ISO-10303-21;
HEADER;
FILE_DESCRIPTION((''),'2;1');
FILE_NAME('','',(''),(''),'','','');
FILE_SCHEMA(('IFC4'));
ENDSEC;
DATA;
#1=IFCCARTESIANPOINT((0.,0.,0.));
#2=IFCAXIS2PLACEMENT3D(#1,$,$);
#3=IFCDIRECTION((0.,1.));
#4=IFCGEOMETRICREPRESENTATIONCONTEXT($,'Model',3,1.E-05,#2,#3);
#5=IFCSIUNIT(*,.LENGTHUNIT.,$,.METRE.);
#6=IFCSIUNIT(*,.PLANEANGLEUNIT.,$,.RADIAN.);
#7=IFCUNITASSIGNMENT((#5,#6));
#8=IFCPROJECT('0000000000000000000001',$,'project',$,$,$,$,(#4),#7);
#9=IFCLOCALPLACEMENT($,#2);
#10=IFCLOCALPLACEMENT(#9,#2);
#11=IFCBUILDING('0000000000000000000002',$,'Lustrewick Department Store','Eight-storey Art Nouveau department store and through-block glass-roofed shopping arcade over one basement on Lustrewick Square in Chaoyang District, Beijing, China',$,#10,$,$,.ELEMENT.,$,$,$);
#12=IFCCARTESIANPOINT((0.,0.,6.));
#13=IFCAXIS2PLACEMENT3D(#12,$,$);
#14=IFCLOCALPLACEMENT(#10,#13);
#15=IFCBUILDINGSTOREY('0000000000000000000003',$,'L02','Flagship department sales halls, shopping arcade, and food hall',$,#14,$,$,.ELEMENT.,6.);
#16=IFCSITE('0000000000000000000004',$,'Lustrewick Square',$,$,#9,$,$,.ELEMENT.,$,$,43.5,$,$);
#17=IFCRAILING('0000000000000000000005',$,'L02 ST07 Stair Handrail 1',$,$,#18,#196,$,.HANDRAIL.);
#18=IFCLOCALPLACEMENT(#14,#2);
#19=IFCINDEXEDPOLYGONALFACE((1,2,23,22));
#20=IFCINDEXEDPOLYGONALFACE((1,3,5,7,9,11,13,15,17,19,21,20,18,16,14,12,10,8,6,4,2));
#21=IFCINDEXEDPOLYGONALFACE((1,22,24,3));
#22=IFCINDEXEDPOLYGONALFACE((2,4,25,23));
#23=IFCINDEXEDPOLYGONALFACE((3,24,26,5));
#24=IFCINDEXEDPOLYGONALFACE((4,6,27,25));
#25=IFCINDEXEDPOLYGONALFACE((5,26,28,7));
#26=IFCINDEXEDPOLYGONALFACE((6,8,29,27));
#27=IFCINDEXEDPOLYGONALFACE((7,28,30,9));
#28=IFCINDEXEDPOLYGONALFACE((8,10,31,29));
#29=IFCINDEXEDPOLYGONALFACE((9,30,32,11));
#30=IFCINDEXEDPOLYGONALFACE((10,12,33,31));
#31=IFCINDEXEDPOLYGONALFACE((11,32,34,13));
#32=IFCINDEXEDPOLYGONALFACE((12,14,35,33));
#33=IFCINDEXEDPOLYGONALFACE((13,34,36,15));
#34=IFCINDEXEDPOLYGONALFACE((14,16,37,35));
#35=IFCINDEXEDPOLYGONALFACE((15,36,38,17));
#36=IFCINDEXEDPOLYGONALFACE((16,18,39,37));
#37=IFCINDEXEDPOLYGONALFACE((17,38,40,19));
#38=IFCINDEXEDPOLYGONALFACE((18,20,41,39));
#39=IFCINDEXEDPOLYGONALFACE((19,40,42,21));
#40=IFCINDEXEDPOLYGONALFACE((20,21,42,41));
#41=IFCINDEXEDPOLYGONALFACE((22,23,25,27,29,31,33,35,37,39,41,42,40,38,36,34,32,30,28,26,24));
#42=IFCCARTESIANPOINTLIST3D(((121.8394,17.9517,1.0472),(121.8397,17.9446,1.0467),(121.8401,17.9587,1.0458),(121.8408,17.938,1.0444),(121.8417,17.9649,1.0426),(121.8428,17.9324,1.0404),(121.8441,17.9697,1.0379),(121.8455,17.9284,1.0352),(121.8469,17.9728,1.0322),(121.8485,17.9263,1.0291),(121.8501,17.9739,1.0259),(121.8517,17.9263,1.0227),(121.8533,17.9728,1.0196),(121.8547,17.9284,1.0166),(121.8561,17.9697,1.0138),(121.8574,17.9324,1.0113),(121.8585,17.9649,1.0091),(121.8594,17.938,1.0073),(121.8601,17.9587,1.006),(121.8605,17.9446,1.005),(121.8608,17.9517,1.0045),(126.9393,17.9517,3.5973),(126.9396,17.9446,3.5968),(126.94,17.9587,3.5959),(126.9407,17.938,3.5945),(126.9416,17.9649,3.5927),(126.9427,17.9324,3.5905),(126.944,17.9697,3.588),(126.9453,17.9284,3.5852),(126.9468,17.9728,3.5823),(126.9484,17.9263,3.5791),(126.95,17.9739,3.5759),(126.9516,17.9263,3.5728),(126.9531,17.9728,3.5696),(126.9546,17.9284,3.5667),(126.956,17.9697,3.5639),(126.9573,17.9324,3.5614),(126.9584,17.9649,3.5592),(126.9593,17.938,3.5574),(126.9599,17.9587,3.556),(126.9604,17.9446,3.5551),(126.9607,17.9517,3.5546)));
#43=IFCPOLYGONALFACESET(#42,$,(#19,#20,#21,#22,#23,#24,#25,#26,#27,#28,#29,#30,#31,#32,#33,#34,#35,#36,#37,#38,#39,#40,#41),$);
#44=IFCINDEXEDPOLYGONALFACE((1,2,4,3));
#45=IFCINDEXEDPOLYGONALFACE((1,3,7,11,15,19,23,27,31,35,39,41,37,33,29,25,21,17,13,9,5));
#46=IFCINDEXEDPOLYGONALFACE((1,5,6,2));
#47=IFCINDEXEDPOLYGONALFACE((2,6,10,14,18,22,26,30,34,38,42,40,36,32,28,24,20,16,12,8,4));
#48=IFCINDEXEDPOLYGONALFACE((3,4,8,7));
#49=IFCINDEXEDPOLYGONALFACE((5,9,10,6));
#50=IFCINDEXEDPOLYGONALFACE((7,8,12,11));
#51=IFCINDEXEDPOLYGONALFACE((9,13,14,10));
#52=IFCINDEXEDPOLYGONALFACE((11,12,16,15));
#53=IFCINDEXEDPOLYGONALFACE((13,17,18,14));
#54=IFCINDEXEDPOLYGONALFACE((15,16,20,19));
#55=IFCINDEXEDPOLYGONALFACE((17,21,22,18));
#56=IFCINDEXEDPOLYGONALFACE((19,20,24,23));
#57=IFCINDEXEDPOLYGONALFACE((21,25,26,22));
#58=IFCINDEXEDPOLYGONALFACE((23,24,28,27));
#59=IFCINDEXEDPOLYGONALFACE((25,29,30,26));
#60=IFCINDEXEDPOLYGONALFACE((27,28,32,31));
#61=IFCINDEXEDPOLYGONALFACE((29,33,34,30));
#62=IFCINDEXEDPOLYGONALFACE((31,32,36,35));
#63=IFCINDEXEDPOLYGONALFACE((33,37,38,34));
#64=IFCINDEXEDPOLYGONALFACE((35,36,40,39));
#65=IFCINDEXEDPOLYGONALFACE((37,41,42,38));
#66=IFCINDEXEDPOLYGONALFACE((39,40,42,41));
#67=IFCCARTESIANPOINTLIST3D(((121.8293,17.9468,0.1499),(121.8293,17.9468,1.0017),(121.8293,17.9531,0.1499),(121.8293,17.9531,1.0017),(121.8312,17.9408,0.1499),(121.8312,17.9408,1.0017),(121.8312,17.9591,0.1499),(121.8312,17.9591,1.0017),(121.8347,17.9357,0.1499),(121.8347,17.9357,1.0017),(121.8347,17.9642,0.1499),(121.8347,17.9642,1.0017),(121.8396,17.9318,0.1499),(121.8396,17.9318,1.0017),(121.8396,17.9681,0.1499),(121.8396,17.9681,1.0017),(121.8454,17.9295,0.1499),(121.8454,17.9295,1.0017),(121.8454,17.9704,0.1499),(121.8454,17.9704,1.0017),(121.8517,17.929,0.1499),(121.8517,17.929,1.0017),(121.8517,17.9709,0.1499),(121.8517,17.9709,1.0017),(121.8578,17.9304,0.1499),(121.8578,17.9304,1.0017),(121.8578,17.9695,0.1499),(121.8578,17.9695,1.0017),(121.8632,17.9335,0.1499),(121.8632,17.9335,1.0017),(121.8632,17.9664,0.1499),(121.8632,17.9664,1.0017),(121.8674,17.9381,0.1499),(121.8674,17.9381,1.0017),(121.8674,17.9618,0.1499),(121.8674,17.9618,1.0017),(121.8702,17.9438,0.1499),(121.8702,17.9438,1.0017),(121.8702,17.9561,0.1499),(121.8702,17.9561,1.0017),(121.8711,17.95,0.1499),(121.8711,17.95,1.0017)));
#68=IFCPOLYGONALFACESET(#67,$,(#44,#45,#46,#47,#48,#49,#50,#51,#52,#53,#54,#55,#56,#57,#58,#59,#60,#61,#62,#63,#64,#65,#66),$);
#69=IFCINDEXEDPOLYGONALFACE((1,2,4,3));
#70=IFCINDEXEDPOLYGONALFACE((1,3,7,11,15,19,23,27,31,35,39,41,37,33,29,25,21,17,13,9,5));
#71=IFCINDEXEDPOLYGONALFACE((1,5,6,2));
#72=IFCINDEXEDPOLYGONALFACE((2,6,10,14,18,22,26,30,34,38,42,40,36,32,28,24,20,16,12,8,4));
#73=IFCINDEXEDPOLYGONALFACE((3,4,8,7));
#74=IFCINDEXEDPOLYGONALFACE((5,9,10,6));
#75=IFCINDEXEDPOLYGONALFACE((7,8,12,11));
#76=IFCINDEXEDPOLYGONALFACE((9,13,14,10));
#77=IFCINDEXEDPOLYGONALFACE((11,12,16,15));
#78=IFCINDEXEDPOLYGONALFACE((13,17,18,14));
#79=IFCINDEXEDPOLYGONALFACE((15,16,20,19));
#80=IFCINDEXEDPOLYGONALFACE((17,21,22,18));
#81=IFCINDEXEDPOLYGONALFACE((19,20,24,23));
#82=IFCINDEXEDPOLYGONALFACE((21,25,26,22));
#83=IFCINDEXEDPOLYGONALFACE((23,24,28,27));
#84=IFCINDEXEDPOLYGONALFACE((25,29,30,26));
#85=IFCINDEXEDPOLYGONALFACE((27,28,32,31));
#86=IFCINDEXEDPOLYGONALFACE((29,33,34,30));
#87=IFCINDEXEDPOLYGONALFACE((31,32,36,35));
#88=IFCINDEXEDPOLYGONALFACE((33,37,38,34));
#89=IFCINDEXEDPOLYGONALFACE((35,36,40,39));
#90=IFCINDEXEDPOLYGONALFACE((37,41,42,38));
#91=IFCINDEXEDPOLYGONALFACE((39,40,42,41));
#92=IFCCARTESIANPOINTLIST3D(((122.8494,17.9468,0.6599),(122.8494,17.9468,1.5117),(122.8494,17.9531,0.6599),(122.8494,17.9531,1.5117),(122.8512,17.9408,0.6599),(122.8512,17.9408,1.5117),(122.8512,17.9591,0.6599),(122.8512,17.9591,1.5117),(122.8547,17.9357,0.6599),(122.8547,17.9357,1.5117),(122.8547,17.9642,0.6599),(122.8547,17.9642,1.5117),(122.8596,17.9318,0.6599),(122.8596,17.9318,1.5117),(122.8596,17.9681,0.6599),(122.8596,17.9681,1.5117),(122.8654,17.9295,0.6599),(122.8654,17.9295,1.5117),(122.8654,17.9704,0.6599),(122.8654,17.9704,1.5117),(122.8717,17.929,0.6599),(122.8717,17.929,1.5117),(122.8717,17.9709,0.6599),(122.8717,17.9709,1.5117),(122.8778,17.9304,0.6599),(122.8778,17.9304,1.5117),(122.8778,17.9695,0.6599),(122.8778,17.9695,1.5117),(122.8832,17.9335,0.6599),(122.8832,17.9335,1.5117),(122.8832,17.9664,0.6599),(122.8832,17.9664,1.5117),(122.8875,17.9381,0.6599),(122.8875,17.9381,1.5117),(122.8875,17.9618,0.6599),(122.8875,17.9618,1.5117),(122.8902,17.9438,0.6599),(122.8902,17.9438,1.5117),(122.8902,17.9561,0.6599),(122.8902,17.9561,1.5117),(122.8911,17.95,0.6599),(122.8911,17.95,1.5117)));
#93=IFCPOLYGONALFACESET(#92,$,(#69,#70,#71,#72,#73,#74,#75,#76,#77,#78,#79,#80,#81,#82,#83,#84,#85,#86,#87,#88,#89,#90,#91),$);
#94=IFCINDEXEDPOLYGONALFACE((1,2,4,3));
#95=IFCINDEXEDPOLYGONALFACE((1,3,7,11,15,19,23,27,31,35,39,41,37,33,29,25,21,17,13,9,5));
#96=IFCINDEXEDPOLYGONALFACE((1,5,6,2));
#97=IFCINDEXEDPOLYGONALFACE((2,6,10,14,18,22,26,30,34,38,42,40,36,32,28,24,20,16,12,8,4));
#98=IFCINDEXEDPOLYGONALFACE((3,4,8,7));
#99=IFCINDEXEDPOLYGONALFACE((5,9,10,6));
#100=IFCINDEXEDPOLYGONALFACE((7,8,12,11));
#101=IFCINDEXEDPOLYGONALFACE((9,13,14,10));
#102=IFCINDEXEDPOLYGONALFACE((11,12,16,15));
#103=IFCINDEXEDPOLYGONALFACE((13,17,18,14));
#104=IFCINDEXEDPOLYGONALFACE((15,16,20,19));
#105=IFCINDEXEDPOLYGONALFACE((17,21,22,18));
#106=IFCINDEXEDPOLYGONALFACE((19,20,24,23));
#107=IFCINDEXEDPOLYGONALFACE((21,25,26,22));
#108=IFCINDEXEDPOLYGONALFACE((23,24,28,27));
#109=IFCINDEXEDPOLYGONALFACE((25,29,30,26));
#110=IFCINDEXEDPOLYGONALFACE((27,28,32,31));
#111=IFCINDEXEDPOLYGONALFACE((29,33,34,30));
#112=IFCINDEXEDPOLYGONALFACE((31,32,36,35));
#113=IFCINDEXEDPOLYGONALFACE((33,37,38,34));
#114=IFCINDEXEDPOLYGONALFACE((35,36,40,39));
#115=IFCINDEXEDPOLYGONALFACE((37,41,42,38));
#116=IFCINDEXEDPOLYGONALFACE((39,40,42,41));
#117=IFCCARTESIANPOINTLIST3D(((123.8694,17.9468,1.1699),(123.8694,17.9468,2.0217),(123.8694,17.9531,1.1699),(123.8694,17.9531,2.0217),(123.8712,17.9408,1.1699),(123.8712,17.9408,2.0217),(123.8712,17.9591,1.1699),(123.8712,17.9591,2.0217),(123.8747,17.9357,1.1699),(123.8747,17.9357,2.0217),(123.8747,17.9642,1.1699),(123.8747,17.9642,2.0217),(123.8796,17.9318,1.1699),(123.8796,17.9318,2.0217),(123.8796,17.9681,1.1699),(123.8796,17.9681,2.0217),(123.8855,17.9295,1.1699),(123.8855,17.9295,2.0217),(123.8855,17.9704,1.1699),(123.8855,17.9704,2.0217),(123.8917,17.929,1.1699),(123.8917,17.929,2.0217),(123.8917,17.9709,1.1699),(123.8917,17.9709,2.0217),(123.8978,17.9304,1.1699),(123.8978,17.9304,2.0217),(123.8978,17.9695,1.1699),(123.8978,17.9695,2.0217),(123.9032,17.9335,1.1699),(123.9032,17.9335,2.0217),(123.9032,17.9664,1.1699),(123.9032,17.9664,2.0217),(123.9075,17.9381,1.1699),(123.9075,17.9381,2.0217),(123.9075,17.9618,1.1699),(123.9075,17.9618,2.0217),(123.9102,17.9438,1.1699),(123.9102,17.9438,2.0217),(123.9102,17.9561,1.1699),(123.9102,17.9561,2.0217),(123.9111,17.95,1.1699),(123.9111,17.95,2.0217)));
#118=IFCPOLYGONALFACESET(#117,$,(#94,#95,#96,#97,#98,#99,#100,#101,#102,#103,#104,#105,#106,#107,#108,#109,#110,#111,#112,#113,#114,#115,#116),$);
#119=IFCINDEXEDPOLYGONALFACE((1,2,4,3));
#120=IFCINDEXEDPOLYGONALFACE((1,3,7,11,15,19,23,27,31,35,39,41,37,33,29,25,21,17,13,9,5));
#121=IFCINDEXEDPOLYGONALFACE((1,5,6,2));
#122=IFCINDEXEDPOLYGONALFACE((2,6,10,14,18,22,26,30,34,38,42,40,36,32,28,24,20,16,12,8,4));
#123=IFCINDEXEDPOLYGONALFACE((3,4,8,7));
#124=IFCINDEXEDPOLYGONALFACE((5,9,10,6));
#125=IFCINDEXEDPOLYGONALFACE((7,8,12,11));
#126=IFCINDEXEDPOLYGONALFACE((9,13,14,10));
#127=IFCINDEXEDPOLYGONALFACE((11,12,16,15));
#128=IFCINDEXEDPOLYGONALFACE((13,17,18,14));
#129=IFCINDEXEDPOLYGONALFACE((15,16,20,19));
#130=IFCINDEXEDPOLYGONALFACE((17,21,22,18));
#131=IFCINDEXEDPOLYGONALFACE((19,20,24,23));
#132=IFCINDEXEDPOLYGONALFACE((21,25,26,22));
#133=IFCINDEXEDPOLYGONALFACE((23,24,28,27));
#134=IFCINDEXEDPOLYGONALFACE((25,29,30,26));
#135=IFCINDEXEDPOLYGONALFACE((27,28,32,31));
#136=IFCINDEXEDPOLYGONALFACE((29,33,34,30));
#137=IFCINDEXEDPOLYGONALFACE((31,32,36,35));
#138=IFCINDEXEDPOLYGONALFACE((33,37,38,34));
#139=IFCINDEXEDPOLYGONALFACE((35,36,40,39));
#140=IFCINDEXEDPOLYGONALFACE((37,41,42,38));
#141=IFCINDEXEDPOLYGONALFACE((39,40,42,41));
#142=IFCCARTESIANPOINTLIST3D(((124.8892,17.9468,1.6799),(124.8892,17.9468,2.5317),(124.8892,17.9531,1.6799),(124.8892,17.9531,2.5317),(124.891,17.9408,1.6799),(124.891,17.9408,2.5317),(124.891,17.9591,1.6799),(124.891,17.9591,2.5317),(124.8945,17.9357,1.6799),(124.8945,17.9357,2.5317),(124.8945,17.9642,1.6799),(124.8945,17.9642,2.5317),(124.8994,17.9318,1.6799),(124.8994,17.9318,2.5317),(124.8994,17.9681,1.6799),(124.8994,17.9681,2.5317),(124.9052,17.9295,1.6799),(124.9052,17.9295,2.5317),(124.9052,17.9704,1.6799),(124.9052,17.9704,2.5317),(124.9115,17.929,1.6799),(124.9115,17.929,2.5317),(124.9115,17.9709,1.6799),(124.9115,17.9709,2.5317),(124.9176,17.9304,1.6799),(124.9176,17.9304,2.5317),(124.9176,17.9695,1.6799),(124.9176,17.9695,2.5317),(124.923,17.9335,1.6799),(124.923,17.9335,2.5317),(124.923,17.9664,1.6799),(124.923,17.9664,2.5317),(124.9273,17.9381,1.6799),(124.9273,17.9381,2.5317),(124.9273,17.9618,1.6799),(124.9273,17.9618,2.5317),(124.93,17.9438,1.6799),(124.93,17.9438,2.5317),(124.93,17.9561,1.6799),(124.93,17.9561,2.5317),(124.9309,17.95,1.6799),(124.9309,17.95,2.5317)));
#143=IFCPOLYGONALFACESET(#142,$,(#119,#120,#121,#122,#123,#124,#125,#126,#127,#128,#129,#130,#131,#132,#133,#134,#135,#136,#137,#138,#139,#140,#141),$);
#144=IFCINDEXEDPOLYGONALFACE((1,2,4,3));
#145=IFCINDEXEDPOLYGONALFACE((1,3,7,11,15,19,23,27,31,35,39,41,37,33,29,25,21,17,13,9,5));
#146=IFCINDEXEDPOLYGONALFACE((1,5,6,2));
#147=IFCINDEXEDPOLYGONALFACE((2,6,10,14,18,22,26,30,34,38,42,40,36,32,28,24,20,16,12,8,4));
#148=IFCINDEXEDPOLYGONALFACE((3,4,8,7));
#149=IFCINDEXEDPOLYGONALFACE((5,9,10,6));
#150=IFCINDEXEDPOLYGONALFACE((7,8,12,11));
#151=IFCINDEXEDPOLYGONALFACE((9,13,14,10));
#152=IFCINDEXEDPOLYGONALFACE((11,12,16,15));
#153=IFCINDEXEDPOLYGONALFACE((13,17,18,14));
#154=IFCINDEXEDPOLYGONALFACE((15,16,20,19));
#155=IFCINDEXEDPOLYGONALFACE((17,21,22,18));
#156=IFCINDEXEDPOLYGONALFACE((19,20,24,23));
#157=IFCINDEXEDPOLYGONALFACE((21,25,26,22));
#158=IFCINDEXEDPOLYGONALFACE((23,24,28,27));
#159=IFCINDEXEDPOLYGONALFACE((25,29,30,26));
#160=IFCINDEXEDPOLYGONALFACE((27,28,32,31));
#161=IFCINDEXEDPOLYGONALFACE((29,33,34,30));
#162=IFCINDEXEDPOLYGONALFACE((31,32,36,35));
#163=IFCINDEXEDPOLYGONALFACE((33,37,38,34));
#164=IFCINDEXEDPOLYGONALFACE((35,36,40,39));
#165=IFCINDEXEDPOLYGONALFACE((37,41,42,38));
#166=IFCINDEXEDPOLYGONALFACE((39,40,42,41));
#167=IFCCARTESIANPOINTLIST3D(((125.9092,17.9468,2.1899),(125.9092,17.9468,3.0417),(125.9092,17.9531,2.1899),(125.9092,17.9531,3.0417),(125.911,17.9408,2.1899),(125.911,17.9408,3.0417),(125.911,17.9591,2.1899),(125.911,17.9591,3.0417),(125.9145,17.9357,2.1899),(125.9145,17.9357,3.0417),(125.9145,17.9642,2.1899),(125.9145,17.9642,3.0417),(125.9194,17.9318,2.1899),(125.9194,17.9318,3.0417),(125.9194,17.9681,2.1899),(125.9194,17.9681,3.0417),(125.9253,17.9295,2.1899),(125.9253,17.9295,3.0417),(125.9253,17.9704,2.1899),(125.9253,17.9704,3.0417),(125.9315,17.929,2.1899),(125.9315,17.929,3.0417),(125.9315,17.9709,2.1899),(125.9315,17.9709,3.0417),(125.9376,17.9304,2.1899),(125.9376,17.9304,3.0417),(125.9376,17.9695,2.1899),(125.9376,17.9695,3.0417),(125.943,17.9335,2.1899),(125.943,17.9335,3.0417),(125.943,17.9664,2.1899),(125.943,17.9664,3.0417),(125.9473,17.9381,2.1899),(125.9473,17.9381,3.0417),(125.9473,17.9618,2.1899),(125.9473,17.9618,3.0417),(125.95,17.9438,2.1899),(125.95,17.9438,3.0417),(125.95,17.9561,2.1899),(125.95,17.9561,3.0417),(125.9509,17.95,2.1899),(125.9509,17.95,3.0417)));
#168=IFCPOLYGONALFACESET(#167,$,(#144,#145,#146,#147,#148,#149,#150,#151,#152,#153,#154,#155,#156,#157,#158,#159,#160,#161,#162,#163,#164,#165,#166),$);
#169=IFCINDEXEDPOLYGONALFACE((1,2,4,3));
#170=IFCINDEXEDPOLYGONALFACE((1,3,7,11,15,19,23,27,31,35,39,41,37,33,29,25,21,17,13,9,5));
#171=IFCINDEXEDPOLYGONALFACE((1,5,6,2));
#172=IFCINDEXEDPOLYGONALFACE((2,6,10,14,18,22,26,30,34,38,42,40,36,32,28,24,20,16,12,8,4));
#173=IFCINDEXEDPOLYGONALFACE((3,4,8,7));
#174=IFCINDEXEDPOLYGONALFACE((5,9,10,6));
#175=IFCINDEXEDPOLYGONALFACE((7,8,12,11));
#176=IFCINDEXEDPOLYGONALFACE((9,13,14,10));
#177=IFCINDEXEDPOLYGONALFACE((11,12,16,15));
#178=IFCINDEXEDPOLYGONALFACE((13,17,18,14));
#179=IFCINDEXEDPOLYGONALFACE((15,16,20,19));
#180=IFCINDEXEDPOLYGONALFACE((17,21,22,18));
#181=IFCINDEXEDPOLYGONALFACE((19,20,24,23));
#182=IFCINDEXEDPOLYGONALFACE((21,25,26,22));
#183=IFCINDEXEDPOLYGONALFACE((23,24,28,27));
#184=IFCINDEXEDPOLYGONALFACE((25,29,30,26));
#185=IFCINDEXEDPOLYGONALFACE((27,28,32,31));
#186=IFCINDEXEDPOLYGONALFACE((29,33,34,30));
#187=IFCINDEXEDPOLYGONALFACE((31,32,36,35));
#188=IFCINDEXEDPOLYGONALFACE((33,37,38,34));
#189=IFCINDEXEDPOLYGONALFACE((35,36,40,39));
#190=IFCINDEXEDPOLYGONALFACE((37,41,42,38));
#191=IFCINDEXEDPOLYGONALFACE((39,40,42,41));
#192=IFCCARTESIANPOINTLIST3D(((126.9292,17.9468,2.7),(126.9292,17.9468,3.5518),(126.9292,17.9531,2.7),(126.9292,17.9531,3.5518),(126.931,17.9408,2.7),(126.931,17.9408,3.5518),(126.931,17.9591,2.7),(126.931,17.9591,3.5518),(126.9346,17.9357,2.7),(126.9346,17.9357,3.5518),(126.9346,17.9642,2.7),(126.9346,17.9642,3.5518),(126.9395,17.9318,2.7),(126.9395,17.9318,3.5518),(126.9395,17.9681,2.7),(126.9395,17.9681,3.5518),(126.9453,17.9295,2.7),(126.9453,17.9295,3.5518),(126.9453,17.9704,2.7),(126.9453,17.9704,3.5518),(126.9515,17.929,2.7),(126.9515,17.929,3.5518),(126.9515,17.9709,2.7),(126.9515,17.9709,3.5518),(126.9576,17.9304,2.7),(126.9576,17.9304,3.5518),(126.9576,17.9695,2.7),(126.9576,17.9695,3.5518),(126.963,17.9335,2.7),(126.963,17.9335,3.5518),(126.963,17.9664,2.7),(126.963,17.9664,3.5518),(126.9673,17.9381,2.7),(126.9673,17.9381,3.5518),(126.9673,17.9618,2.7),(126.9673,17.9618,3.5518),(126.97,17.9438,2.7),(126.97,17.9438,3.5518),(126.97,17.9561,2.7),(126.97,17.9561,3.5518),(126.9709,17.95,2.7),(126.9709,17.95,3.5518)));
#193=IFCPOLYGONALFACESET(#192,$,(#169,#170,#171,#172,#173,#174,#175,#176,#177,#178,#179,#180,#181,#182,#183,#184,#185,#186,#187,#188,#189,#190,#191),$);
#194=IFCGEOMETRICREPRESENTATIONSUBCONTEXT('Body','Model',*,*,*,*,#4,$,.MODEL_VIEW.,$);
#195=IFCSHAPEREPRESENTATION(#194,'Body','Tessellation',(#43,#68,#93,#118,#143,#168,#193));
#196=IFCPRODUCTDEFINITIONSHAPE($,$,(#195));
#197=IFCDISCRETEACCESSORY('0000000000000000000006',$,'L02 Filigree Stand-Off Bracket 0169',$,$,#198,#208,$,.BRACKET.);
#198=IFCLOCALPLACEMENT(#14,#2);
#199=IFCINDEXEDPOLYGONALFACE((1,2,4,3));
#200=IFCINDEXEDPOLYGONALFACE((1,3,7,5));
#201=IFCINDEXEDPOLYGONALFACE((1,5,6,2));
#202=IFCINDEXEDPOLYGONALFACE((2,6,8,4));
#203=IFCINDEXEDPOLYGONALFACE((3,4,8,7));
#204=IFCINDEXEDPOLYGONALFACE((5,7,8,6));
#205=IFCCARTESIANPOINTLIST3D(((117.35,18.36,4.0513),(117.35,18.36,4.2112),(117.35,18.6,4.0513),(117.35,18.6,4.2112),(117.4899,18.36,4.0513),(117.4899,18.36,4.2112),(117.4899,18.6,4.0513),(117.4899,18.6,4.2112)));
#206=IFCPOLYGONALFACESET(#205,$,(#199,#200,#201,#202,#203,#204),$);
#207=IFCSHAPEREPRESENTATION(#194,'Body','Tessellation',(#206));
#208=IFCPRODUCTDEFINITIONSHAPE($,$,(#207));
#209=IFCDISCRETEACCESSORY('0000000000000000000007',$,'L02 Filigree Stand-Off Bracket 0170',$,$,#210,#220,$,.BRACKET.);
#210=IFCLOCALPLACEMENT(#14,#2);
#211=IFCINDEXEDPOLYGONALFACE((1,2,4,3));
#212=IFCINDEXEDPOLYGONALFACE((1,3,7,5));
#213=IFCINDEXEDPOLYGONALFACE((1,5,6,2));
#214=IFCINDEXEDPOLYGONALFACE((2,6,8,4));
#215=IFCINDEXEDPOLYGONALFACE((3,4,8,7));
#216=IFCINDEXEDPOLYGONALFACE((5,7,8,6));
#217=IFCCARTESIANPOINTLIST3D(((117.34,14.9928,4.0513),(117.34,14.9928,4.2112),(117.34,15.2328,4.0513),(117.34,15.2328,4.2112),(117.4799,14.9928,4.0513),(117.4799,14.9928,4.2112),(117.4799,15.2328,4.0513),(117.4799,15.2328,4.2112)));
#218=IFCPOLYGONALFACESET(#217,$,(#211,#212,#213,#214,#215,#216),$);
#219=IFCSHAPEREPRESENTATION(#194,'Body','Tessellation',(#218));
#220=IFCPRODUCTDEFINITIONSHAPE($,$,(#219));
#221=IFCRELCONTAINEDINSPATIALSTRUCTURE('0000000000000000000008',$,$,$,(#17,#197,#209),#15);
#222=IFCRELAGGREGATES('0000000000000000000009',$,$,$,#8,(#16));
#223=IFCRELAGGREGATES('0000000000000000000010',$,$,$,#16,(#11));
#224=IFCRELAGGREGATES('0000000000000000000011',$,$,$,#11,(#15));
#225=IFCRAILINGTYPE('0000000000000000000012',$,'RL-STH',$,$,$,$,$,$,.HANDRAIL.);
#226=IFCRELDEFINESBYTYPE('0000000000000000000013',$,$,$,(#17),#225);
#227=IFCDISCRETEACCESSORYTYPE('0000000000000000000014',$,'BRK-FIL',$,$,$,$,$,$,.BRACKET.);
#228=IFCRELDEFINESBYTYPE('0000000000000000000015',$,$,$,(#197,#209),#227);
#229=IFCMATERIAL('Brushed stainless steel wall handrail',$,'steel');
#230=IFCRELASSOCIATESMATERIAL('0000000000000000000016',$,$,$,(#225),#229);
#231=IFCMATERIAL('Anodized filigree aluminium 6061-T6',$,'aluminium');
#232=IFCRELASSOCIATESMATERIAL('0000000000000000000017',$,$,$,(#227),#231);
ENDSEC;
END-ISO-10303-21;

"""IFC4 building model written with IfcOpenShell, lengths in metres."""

from ifc_helpers import new_model, si_unit, direction, frame, origin, origin_2d, place, context, subcontext, project, spatial, rectangle, circle, extrude, material, type_object, element, save


model = new_model("IFC4")

# Units and contexts
model_context = context("Model", 3, precision=1e-05, world=origin(), true_north=direction((0.0, 1.0)))
body_context = subcontext(model_context, "Body", "Model", "MODEL_VIEW")
ifc_project = project(units=[si_unit("LENGTHUNIT", "METRE"), si_unit("PLANEANGLEUNIT", "RADIAN")], contexts=[model_context])

# Site, building, storey
site_placement = place(None, origin())
site = spatial("IfcSite", under=ifc_project, at=site_placement, Name="Lustrewick Square", CompositionType="ELEMENT", RefElevation=43.5)
building_placement = place(site_placement, origin())
building = spatial("IfcBuilding", under=site, at=building_placement, Name="Lustrewick Department Store", Description="Eight-storey Art Nouveau department store and through-block glass-roofed shopping arcade over one basement on Lustrewick Square in Chaoyang District, Beijing, China", CompositionType="ELEMENT")
storey_placement = place(building_placement, frame((0.0, 0.0, 6.0)))
storey = spatial("IfcBuildingStorey", under=building, at=storey_placement, Name="L02", Description="Flagship department sales halls, shopping arcade, and food hall", CompositionType="ELEMENT", Elevation=6.0)

# Railing
ifc_material_1 = material(Name="Brushed stainless steel wall handrail", Category="steel")
railing_type = type_object("IfcRailingType", Name="RL-STH", PredefinedType="HANDRAIL", material=ifc_material_1)
railing_placement = place(storey_placement, frame((121.8501, 17.95, 0.1499)))
element("IfcRailing", 1, at=railing_placement, inside=storey, type_object=railing_type, Name="L02 ST07 Stair Handrail 1", PredefinedType="HANDRAIL", context=body_context, shape_type="SweptSolid", body=[
    extrude(circle(Radius=0.0239, at=origin_2d()), frame((0.0, 0.0, 0.876), z_axis=(0.894419, 0.0, 0.447231), x_axis=(0.0, 1.0, 0.0)), (0.0, 0.0, 1.0), 5.7019),
    extrude(circle(Radius=0.021, at=origin_2d()), origin(), (0.0, 0.0, 1.0), 0.8518),
    extrude(circle(Radius=0.021, at=origin_2d()), frame((1.02, 0.0, 0.51)), (0.0, 0.0, 1.0), 0.8518),
    extrude(circle(Radius=0.021, at=origin_2d()), frame((2.04, 0.0, 1.02)), (0.0, 0.0, 1.0), 0.8518),
    extrude(circle(Radius=0.021, at=origin_2d()), frame((3.0598, 0.0, 1.53)), (0.0, 0.0, 1.0), 0.8518),
    extrude(circle(Radius=0.021, at=origin_2d()), frame((4.0798, 0.0, 2.04)), (0.0, 0.0, 1.0), 0.8518),
    extrude(circle(Radius=0.021, at=origin_2d()), frame((5.0999, 0.0, 2.55)), (0.0, 0.0, 1.0), 0.8518),
])

# Discrete accessories
ifc_material_2 = material(Name="Anodized filigree aluminium 6061-T6", Category="aluminium")
discrete_accessory_type = type_object("IfcDiscreteAccessoryType", Name="BRK-FIL", PredefinedType="BRACKET", material=ifc_material_2)
for number, where, z_axis, x_axis, name in (
    (2, (117.4199, 18.48, 4.0513), (0.0, 0.0, 1.0), (0.0, -1.0, 0.0), "L02 Filigree Stand-Off Bracket 0169"),
    (3, (117.4099, 15.1128, 4.0513), (0.0, 0.0, 1.0), (0.0, -1.0, 0.0), "L02 Filigree Stand-Off Bracket 0170"),
):
    element("IfcDiscreteAccessory", number, at=place(storey_placement, frame(where, z_axis=z_axis, x_axis=x_axis)), inside=storey, type_object=discrete_accessory_type, Name=name, PredefinedType="BRACKET", context=body_context, shape_type="SweptSolid", body=[
        extrude(rectangle(XDim=0.24, YDim=0.1399, at=origin_2d()), origin(), (0.0, 0.0, 1.0), 0.1599),
    ])

save(model, "model.ifc")
